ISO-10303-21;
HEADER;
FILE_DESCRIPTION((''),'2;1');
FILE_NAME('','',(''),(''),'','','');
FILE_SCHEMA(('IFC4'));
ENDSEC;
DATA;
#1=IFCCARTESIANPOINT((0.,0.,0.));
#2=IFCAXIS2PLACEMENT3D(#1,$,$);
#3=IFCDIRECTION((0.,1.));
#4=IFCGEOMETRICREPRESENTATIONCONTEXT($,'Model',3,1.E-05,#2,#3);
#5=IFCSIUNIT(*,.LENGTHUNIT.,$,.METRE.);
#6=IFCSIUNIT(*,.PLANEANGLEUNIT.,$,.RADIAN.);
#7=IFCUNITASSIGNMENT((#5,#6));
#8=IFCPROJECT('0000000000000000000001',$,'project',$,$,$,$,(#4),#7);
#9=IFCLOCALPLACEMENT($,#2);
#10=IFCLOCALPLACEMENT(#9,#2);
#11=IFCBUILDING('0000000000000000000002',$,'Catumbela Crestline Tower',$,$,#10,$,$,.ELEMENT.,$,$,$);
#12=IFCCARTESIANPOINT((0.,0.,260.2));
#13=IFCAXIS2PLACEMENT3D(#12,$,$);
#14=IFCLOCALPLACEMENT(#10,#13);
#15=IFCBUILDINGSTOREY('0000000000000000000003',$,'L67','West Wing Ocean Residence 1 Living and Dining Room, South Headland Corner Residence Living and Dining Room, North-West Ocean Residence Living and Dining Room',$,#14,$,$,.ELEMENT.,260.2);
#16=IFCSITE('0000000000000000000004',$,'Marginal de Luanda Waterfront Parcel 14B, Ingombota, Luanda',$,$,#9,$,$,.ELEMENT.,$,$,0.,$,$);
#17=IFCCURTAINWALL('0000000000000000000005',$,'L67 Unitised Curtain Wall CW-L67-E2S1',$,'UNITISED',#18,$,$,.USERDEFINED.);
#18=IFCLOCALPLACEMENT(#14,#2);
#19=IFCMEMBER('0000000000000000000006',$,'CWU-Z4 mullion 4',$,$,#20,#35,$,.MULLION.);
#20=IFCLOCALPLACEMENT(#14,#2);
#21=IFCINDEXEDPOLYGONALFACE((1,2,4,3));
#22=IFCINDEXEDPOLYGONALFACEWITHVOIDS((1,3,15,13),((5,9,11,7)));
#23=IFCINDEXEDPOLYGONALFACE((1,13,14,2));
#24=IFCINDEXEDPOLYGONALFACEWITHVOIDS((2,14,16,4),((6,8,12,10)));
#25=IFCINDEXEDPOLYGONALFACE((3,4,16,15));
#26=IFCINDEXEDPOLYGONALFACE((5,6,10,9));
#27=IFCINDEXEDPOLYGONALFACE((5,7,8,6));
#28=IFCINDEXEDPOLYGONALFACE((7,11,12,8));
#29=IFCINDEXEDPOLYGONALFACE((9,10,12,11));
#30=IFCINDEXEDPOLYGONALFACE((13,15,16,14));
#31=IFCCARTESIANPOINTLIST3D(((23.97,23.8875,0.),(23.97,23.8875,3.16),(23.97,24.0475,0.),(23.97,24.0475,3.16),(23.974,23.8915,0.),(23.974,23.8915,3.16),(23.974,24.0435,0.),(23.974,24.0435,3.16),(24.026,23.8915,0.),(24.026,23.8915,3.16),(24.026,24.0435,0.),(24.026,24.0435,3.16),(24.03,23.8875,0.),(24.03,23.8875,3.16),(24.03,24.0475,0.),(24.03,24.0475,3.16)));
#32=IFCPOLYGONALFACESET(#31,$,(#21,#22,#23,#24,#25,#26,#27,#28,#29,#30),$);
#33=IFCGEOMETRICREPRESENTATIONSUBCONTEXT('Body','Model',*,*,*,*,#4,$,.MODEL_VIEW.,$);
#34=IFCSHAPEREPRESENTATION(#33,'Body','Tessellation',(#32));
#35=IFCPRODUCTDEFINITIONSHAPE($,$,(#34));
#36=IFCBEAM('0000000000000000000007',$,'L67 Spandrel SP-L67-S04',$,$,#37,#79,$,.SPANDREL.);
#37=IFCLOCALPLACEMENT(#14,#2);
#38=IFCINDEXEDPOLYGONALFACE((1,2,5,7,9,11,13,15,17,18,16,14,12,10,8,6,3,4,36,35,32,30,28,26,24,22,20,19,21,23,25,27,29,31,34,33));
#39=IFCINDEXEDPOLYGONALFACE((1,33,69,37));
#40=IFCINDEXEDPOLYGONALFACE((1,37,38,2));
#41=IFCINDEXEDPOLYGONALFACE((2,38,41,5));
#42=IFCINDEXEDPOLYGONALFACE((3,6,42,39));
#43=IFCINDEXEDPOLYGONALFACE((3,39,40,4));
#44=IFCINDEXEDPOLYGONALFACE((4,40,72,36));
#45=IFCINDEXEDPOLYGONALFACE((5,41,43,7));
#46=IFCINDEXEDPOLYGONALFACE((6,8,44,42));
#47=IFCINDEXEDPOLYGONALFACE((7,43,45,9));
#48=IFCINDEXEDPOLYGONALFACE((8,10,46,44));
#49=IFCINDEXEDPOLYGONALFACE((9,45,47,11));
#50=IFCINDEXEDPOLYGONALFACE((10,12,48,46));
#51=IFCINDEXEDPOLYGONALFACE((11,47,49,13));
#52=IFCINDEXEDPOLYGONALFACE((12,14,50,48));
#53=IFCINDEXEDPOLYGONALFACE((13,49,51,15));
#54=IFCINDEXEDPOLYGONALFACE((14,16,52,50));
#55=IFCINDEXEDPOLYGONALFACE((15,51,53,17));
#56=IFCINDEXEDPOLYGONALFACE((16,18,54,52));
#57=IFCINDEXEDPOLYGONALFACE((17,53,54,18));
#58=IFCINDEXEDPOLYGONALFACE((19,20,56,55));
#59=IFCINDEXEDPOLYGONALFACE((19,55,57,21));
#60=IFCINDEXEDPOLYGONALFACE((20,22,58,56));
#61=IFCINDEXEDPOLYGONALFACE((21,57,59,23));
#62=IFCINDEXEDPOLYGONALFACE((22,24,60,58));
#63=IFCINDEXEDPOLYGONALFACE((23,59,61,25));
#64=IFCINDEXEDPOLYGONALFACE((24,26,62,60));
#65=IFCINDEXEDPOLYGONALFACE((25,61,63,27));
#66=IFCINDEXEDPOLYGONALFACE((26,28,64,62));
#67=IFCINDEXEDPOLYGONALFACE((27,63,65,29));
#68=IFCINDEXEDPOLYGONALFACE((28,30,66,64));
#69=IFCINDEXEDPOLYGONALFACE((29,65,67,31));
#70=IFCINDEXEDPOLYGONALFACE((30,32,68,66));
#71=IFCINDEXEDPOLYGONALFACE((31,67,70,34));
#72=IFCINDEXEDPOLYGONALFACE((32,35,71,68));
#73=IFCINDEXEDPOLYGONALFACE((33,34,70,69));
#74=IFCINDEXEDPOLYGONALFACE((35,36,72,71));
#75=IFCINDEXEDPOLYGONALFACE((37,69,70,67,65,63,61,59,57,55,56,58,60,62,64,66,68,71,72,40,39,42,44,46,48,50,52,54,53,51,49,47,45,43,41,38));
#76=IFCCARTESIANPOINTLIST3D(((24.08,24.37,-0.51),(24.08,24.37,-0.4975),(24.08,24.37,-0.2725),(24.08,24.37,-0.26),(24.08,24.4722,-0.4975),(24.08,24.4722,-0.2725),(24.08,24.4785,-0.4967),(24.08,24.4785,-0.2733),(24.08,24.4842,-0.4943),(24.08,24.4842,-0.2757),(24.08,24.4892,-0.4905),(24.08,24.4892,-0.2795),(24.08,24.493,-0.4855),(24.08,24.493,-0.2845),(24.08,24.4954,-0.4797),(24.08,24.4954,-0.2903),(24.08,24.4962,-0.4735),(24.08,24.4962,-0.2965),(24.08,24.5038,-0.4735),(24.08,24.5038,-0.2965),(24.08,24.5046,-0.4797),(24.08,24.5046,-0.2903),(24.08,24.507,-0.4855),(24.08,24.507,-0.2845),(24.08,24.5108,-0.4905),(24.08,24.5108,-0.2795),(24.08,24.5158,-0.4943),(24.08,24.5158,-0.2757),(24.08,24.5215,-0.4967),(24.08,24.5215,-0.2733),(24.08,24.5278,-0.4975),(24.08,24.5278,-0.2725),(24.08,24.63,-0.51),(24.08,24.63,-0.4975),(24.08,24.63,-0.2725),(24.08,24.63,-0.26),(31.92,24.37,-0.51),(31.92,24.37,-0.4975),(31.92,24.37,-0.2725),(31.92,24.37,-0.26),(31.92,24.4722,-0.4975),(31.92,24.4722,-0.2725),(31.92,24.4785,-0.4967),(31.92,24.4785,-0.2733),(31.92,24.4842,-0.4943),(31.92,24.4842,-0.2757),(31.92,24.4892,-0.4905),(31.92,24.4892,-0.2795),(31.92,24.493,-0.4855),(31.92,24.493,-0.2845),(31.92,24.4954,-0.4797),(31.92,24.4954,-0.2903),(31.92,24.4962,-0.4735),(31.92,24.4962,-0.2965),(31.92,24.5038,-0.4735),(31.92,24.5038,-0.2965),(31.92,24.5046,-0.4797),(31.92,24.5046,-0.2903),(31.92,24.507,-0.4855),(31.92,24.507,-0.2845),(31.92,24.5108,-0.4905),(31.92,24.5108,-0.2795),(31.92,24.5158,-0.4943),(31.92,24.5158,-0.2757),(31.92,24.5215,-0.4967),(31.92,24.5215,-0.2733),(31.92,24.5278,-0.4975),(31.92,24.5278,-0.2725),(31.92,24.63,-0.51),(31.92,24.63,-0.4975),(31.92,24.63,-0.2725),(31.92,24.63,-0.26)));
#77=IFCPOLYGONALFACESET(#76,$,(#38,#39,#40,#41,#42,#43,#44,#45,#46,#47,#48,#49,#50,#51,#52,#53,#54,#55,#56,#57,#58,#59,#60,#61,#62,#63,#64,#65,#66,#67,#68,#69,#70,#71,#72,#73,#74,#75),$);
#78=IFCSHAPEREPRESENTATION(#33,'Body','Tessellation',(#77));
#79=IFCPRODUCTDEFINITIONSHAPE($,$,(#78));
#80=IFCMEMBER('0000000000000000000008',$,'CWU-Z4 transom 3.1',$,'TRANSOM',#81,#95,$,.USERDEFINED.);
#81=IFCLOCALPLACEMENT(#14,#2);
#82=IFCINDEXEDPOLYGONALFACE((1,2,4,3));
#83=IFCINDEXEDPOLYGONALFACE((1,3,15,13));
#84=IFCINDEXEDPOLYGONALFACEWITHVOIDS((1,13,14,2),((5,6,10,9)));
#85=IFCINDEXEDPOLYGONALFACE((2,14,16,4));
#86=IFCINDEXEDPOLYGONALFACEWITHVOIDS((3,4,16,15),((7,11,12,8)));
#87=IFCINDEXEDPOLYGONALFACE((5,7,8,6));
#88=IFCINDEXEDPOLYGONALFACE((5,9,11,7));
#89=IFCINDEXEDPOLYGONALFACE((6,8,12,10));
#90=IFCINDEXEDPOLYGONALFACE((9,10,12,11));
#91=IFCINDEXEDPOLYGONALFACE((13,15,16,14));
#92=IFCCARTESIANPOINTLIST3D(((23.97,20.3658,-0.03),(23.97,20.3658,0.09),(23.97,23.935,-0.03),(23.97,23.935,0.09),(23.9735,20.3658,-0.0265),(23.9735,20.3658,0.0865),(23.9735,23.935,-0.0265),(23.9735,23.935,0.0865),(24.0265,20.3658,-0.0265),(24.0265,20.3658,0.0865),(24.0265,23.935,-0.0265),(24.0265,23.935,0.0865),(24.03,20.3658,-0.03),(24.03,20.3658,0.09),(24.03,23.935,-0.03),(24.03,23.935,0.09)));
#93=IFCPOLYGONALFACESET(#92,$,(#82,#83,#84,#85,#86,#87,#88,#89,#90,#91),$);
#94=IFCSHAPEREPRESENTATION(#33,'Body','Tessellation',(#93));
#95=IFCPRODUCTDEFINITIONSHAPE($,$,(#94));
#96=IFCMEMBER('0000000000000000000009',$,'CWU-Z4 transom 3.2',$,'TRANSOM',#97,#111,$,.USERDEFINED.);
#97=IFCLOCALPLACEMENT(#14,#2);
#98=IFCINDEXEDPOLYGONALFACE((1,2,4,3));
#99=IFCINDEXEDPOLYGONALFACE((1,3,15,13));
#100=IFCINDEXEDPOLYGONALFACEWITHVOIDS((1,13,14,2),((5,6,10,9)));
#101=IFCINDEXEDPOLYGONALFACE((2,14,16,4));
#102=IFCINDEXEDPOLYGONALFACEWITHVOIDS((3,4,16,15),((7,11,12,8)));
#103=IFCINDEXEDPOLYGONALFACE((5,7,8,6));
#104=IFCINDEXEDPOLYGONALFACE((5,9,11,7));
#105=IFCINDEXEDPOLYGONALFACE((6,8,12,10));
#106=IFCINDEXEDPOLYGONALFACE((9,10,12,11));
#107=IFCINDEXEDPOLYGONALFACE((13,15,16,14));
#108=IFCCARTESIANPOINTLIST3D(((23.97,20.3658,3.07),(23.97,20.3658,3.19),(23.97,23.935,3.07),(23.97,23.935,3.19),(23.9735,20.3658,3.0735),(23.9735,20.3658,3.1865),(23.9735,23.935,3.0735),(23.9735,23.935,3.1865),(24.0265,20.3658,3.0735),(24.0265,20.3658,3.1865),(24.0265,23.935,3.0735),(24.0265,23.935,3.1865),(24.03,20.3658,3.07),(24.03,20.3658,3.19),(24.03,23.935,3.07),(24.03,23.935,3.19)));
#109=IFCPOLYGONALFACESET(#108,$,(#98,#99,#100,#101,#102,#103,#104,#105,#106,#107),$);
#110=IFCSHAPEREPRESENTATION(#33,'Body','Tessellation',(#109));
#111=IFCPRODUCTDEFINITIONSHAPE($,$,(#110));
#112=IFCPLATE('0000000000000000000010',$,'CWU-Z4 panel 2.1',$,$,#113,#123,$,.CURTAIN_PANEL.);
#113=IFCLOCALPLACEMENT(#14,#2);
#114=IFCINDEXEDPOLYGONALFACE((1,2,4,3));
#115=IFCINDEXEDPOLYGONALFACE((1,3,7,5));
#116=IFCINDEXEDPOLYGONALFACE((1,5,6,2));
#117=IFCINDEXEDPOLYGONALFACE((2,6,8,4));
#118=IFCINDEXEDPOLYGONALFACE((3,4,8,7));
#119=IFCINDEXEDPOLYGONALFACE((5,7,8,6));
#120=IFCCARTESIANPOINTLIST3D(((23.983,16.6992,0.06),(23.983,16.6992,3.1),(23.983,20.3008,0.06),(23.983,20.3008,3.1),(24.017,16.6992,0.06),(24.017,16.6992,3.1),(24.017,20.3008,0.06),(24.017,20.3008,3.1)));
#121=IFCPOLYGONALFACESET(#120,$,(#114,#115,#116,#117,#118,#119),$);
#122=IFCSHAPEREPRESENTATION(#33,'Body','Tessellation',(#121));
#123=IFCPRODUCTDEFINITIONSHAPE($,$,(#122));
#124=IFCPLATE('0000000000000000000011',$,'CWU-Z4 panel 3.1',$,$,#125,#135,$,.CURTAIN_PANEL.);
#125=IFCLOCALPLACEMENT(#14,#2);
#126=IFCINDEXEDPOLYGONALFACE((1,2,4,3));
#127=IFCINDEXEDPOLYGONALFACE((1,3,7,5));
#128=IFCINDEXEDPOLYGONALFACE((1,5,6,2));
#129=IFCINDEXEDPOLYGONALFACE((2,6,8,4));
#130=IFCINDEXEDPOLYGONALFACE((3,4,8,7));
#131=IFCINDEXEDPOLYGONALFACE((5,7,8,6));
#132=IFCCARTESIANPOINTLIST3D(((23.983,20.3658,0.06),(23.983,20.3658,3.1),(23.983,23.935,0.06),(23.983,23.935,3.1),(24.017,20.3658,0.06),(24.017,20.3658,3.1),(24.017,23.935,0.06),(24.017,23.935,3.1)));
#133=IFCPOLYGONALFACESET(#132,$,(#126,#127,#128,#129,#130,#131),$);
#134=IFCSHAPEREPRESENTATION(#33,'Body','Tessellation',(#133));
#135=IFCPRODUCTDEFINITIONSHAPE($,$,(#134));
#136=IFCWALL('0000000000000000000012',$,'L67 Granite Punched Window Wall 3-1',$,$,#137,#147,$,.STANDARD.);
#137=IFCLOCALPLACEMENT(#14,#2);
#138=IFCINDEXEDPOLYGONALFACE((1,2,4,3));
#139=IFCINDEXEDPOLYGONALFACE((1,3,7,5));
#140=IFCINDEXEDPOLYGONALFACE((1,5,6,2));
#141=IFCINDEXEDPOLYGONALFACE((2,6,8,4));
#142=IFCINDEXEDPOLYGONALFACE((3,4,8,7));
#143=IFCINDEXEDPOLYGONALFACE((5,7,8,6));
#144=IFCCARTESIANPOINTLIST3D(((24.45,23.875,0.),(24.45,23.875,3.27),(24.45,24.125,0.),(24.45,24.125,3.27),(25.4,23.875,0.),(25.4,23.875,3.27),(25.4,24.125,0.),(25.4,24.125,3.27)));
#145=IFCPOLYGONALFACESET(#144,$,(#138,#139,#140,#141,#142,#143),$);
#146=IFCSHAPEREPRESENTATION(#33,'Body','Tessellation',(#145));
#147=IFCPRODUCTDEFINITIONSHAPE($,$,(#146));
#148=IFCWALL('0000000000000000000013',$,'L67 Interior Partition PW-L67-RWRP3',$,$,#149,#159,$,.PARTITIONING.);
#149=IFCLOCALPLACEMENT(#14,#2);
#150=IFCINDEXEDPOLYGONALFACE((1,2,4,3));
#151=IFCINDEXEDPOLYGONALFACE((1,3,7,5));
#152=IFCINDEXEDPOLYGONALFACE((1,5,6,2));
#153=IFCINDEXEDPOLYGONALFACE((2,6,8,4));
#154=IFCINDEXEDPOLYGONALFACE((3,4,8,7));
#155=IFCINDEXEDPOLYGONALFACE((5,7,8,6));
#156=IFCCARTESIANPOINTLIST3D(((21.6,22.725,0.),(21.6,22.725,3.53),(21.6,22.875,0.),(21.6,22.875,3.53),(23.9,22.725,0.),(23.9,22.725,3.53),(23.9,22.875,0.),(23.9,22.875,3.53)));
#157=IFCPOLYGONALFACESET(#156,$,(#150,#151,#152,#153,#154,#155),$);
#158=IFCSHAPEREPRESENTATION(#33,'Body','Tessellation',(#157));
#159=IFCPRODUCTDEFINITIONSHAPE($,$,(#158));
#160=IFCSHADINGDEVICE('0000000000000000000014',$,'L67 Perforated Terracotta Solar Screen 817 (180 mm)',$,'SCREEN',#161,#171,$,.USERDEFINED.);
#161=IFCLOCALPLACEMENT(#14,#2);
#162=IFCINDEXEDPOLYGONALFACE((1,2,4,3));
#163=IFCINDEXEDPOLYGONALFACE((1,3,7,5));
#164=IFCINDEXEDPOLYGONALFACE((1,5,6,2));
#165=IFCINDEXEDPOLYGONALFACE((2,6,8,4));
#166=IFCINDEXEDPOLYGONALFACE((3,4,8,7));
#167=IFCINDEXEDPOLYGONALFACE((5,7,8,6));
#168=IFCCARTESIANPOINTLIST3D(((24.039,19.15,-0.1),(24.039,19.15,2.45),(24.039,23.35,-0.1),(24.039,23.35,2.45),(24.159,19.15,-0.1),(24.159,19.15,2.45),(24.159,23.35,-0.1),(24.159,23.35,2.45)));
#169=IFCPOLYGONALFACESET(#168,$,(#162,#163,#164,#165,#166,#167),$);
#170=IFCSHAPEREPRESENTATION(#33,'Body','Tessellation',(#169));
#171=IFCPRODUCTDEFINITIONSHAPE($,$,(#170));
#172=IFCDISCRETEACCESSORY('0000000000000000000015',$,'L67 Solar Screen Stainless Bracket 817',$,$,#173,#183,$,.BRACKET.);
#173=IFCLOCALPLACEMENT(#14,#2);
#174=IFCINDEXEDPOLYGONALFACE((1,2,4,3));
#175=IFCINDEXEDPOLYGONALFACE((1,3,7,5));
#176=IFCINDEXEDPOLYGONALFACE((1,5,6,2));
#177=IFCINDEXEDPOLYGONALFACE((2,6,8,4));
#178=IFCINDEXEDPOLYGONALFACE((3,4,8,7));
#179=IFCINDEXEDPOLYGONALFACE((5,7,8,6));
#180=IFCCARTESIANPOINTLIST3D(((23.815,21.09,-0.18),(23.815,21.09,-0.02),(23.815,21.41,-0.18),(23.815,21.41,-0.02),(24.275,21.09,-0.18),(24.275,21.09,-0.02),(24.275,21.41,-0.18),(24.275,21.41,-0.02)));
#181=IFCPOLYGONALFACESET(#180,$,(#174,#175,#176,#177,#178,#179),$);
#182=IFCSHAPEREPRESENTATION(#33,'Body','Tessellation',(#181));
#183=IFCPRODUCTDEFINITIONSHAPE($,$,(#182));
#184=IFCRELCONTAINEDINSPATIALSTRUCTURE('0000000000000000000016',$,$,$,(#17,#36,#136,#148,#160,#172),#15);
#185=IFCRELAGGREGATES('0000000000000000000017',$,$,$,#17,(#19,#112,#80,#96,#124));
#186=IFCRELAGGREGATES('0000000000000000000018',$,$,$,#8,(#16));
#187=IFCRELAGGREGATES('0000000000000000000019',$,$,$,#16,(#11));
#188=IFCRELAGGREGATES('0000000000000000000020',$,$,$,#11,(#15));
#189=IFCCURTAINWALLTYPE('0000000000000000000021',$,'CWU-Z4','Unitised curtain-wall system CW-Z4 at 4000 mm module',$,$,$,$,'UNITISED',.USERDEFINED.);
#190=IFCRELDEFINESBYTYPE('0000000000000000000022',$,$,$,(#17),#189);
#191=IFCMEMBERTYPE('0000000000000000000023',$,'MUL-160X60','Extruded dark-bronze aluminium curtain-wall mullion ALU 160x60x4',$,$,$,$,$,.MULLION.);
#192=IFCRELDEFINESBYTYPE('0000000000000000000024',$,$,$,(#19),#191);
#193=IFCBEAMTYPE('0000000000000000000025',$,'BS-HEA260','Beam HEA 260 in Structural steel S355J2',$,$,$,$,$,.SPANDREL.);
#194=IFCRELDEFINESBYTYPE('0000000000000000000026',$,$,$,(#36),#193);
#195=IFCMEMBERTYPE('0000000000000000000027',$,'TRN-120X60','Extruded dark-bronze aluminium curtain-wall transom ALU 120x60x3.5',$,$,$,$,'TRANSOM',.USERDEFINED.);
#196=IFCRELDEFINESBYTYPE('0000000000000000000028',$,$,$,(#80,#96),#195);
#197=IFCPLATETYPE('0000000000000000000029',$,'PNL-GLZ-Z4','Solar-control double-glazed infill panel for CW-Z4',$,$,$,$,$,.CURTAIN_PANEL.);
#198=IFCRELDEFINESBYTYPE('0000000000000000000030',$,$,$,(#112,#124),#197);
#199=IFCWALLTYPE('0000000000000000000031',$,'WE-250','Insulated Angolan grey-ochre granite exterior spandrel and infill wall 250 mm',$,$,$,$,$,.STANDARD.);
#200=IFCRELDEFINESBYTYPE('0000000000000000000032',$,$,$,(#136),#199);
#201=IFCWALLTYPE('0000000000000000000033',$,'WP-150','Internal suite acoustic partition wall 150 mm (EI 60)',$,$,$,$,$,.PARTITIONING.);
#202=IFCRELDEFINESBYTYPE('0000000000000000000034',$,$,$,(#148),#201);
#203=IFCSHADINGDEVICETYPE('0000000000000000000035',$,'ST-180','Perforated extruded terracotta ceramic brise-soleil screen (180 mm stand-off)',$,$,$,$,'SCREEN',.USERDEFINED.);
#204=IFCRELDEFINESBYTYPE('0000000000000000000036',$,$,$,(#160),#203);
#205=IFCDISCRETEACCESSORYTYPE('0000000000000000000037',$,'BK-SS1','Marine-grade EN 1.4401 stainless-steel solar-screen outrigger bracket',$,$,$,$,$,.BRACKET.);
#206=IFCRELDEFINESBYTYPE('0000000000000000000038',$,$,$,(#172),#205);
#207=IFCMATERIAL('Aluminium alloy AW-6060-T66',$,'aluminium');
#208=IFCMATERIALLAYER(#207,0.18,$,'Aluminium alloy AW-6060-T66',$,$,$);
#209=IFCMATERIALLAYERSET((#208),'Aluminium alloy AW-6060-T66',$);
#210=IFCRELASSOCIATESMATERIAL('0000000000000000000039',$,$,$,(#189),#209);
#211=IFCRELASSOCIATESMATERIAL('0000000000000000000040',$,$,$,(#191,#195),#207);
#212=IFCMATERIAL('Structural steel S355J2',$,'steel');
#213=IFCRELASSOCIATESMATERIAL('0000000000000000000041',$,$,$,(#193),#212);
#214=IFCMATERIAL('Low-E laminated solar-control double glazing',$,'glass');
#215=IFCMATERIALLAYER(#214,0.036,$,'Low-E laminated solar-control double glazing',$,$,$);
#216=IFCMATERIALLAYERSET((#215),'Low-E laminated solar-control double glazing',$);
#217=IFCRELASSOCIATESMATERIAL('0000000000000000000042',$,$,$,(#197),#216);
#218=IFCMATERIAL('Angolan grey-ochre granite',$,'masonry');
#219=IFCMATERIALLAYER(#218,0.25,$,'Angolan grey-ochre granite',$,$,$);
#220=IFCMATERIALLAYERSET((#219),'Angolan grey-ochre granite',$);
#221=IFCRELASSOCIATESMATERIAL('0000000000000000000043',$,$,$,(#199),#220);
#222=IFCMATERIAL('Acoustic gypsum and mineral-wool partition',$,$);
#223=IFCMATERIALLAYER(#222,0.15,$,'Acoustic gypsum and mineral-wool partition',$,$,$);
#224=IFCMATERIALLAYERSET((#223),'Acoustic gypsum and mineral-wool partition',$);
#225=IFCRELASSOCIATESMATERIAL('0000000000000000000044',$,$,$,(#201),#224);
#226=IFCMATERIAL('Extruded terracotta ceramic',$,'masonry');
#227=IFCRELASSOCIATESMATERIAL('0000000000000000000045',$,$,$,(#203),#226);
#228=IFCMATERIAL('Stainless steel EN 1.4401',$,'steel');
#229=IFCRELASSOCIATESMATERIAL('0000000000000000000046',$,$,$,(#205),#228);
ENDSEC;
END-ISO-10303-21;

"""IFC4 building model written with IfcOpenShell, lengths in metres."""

from ifc_helpers import new_model, si_unit, direction, frame, frame_2d, origin, origin_2d, place, context, subcontext, project, spatial, rectangle, hollow_rectangle, i_section, extrude, material, layer, layer_set, material_profile, profile_set, type_object, element, aggregate, save


model = new_model("IFC4")

# Units and contexts
model_context = context("Model", 3, precision=1e-05, world=origin(), true_north=direction((0.0, 1.0)))
body_context = subcontext(model_context, "Body", "Model", "MODEL_VIEW")
ifc_project = project(units=[si_unit("LENGTHUNIT", "METRE"), si_unit("PLANEANGLEUNIT", "RADIAN")], contexts=[model_context])

# Site, building, storey
site_placement = place(None, origin())
site = spatial("IfcSite", under=ifc_project, at=site_placement, Name="Marginal de Luanda Waterfront Parcel 14B, Ingombota, Luanda", CompositionType="ELEMENT", RefElevation=0.0)
building_placement = place(site_placement, origin())
building = spatial("IfcBuilding", under=site, at=building_placement, Name="Catumbela Crestline Tower", CompositionType="ELEMENT")
storey_placement = place(building_placement, frame((0.0, 0.0, 260.2)))
storey = spatial("IfcBuildingStorey", under=building, at=storey_placement, Name="L67", Description="West Wing Ocean Residence 1 Living and Dining Room, South Headland Corner Residence Living and Dining Room, North-West Ocean Residence Living and Dining Room", CompositionType="ELEMENT", Elevation=260.2)

# Shared definitions
ifc_material_1 = material(Name="Structural steel S355J2", Category="steel")

# Curtain wall, member
ifc_material_2 = material(Name="Aluminium alloy AW-6060-T66", Category="aluminium")
ifc_layer_1 = layer(ifc_material_2, 0.18, Name="Aluminium alloy AW-6060-T66")
ifc_layer_set_1 = layer_set([ifc_layer_1], Name="Aluminium alloy AW-6060-T66")
curtain_wall_type = type_object("IfcCurtainWallType", Name="CWU-Z4", Description="Unitised curtain-wall system CW-Z4 at 4000 mm module", ElementType="UNITISED", PredefinedType="USERDEFINED", material=ifc_layer_set_1)
curtain_wall_placement = place(storey_placement, origin())
curtain_wall = element("IfcCurtainWall", 1, at=curtain_wall_placement, inside=storey, type_object=curtain_wall_type, Name="L67 Unitised Curtain Wall CW-L67-E2S1", ObjectType="UNITISED", PredefinedType="USERDEFINED")
ifc_material_profile_1 = material_profile(ifc_material_2, hollow_rectangle(XDim=0.06, YDim=0.16, WallThickness=0.004, at=origin_2d()), Name="ALU 160x60x4")
ifc_profile_set_1 = profile_set([ifc_material_profile_1], Name="Aluminium alloy AW-6060-T66")
member_type_1 = type_object("IfcMemberType", Name="MUL-160X60", Description="Extruded dark-bronze aluminium curtain-wall mullion ALU 160x60x4", PredefinedType="MULLION", material=ifc_profile_set_1)
member_1_placement = place(storey_placement, frame((24.0, 23.9675, 0.0), z_axis=(0.0, 0.0, 1.0), x_axis=(-1.0, 0.0, 0.0)))
member_1 = element("IfcMember", 2, at=member_1_placement, type_object=member_type_1, Name="CWU-Z4 mullion 4", PredefinedType="MULLION", context=body_context, shape_type="SweptSolid", body=[
    extrude(hollow_rectangle(XDim=0.06, YDim=0.16, WallThickness=0.004, at=origin_2d()), origin(), (0.0, 0.0, 1.0), 3.16),
])

# Beam
ifc_material_profile_2 = material_profile(ifc_material_1, i_section(OverallWidth=0.26, OverallDepth=0.25, WebThickness=0.0075, FlangeThickness=0.0125, FilletRadius=0.024, at=origin_2d()), Name="HEA 260")
ifc_profile_set_2 = profile_set([ifc_material_profile_2], Name="Structural steel S355J2")
beam_type_1 = type_object("IfcBeamType", Name="BS-HEA260", Description="Beam HEA 260 in Structural steel S355J2", PredefinedType="SPANDREL", material=ifc_profile_set_2)
beam_1_placement = place(storey_placement, frame((24.08, 24.5, -0.385), z_axis=(1.0, 0.0, 0.0), x_axis=(0.0, 1.0, 0.0)))
element("IfcBeam", 3, at=beam_1_placement, inside=storey, type_object=beam_type_1, Name="L67 Spandrel SP-L67-S04", PredefinedType="SPANDREL", context=body_context, shape_type="SweptSolid", body=[
    extrude(i_section(OverallWidth=0.26, OverallDepth=0.25, WebThickness=0.0075, FlangeThickness=0.0125, FilletRadius=0.024, at=origin_2d()), origin(), (0.0, 0.0, 1.0), 7.84),
])

# Members
ifc_material_profile_3 = material_profile(ifc_material_2, hollow_rectangle(XDim=0.06, YDim=0.12, WallThickness=0.0035, at=origin_2d()), Name="ALU 120x60x3.5")
ifc_profile_set_3 = profile_set([ifc_material_profile_3], Name="Aluminium alloy AW-6060-T66")
member_type_2 = type_object("IfcMemberType", Name="TRN-120X60", Description="Extruded dark-bronze aluminium curtain-wall transom ALU 120x60x3.5", ElementType="TRANSOM", PredefinedType="USERDEFINED", material=ifc_profile_set_3)
member_2_placement = place(storey_placement, frame((24.0, 20.3658, 0.03), z_axis=(0.0, 1.0, 0.0), x_axis=(-1.0, 0.0, 0.0)))
member_2 = element("IfcMember", 4, at=member_2_placement, type_object=member_type_2, Name="CWU-Z4 transom 3.1", ObjectType="TRANSOM", PredefinedType="USERDEFINED", context=body_context, shape_type="SweptSolid", body=[
    extrude(hollow_rectangle(XDim=0.06, YDim=0.12, WallThickness=0.0035, at=origin_2d()), origin(), (0.0, 0.0, 1.0), 3.5692),
])
member_3_placement = place(storey_placement, frame((24.0, 20.3658, 3.13), z_axis=(0.0, 1.0, 0.0), x_axis=(-1.0, 0.0, 0.0)))
member_3 = element("IfcMember", 5, at=member_3_placement, type_object=member_type_2, Name="CWU-Z4 transom 3.2", ObjectType="TRANSOM", PredefinedType="USERDEFINED", context=body_context, shape_type="SweptSolid", body=[
    extrude(hollow_rectangle(XDim=0.06, YDim=0.12, WallThickness=0.0035, at=origin_2d()), origin(), (0.0, 0.0, 1.0), 3.5692),
])

# Plates
ifc_material_3 = material(Name="Low-E laminated solar-control double glazing", Category="glass")
ifc_layer_2 = layer(ifc_material_3, 0.036, Name="Low-E laminated solar-control double glazing")
ifc_layer_set_2 = layer_set([ifc_layer_2], Name="Low-E laminated solar-control double glazing")
plate_type = type_object("IfcPlateType", Name="PNL-GLZ-Z4", Description="Solar-control double-glazed infill panel for CW-Z4", PredefinedType="CURTAIN_PANEL", material=ifc_layer_set_2)
plate_1_placement = place(storey_placement, frame((24.0, 18.5, 0.06), z_axis=(0.0, 0.0, 1.0), x_axis=(0.0, 1.0, 0.0)))
plate_1 = element("IfcPlate", 6, at=plate_1_placement, type_object=plate_type, Name="CWU-Z4 panel 2.1", PredefinedType="CURTAIN_PANEL", context=body_context, shape_type="SweptSolid", body=[
    extrude(rectangle(XDim=3.6017, YDim=0.034, at=origin_2d()), origin(), (0.0, 0.0, 1.0), 3.04),
])
plate_2_placement = place(storey_placement, frame((24.0, 22.1504, 0.06), z_axis=(0.0, 0.0, 1.0), x_axis=(0.0, 1.0, 0.0)))
plate_2 = element("IfcPlate", 7, at=plate_2_placement, type_object=plate_type, Name="CWU-Z4 panel 3.1", PredefinedType="CURTAIN_PANEL", context=body_context, shape_type="SweptSolid", body=[
    extrude(rectangle(XDim=3.5692, YDim=0.034, at=origin_2d()), origin(), (0.0, 0.0, 1.0), 3.04),
])
aggregate(curtain_wall, [member_1, plate_1, member_2, member_3, plate_2])

# Walls
ifc_material_4 = material(Name="Angolan grey-ochre granite", Category="masonry")
ifc_layer_3 = layer(ifc_material_4, 0.25, Name="Angolan grey-ochre granite")
ifc_layer_set_3 = layer_set([ifc_layer_3], Name="Angolan grey-ochre granite")
wall_type_1 = type_object("IfcWallType", Name="WE-250", Description="Insulated Angolan grey-ochre granite exterior spandrel and infill wall 250 mm", PredefinedType="STANDARD", material=ifc_layer_set_3)
wall_1_placement = place(storey_placement, frame((24.45, 24.0, 0.0), z_axis=(0.0, 0.0, 1.0), x_axis=(1.0, 0.0, 0.0)))
element("IfcWall", 8, at=wall_1_placement, inside=storey, type_object=wall_type_1, Name="L67 Granite Punched Window Wall 3-1", PredefinedType="STANDARD", context=body_context, shape_type="SweptSolid", body=[
    extrude(rectangle(XDim=0.95, YDim=0.25, at=frame_2d((0.475, 0.0))), origin(), (0.0, 0.0, 1.0), 3.27),
])
ifc_material_5 = material(Name="Acoustic gypsum and mineral-wool partition")
ifc_layer_4 = layer(ifc_material_5, 0.15, Name="Acoustic gypsum and mineral-wool partition")
ifc_layer_set_4 = layer_set([ifc_layer_4], Name="Acoustic gypsum and mineral-wool partition")
wall_type_2 = type_object("IfcWallType", Name="WP-150", Description="Internal suite acoustic partition wall 150 mm (EI 60)", PredefinedType="PARTITIONING", material=ifc_layer_set_4)
wall_2_placement = place(storey_placement, frame((21.6, 22.8, 0.0), z_axis=(0.0, 0.0, 1.0), x_axis=(1.0, 0.0, 0.0)))
element("IfcWall", 9, at=wall_2_placement, inside=storey, type_object=wall_type_2, Name="L67 Interior Partition PW-L67-RWRP3", PredefinedType="PARTITIONING", context=body_context, shape_type="SweptSolid", body=[
    extrude(rectangle(XDim=2.3, YDim=0.15, at=frame_2d((1.15, 0.0))), origin(), (0.0, 0.0, 1.0), 3.53),
])

# Shared definitions
ifc_material_6 = material(Name="Stainless steel EN 1.4401", Category="steel")

# Shading device
ifc_material_7 = material(Name="Extruded terracotta ceramic", Category="masonry")
shading_device_type = type_object("IfcShadingDeviceType", Name="ST-180", Description="Perforated extruded terracotta ceramic brise-soleil screen (180 mm stand-off)", ElementType="SCREEN", PredefinedType="USERDEFINED", material=ifc_material_7)
shading_device_placement = place(storey_placement, frame((24.099, 21.25, -0.1), z_axis=(0.0, 0.0, 1.0), x_axis=(0.0, 1.0, 0.0)))
element("IfcShadingDevice", 10, at=shading_device_placement, inside=storey, type_object=shading_device_type, Name="L67 Perforated Terracotta Solar Screen 817 (180 mm)", ObjectType="SCREEN", PredefinedType="USERDEFINED", context=body_context, shape_type="SweptSolid", body=[
    extrude(rectangle(XDim=4.2, YDim=0.12, at=origin_2d()), origin(), (0.0, 0.0, 1.0), 2.55),
])

# Discrete accessory
discrete_accessory_type = type_object("IfcDiscreteAccessoryType", Name="BK-SS1", Description="Marine-grade EN 1.4401 stainless-steel solar-screen outrigger bracket", PredefinedType="BRACKET", material=ifc_material_6)
discrete_accessory_placement = place(storey_placement, frame((24.045, 21.25, -0.18), z_axis=(0.0, 0.0, 1.0), x_axis=(0.0, 1.0, 0.0)))
element("IfcDiscreteAccessory", 11, at=discrete_accessory_placement, inside=storey, type_object=discrete_accessory_type, Name="L67 Solar Screen Stainless Bracket 817", PredefinedType="BRACKET", context=body_context, shape_type="SweptSolid", body=[
    extrude(rectangle(XDim=0.32, YDim=0.46, at=origin_2d()), origin(), (0.0, 0.0, 1.0), 0.16),
])

save(model, "model.ifc")
